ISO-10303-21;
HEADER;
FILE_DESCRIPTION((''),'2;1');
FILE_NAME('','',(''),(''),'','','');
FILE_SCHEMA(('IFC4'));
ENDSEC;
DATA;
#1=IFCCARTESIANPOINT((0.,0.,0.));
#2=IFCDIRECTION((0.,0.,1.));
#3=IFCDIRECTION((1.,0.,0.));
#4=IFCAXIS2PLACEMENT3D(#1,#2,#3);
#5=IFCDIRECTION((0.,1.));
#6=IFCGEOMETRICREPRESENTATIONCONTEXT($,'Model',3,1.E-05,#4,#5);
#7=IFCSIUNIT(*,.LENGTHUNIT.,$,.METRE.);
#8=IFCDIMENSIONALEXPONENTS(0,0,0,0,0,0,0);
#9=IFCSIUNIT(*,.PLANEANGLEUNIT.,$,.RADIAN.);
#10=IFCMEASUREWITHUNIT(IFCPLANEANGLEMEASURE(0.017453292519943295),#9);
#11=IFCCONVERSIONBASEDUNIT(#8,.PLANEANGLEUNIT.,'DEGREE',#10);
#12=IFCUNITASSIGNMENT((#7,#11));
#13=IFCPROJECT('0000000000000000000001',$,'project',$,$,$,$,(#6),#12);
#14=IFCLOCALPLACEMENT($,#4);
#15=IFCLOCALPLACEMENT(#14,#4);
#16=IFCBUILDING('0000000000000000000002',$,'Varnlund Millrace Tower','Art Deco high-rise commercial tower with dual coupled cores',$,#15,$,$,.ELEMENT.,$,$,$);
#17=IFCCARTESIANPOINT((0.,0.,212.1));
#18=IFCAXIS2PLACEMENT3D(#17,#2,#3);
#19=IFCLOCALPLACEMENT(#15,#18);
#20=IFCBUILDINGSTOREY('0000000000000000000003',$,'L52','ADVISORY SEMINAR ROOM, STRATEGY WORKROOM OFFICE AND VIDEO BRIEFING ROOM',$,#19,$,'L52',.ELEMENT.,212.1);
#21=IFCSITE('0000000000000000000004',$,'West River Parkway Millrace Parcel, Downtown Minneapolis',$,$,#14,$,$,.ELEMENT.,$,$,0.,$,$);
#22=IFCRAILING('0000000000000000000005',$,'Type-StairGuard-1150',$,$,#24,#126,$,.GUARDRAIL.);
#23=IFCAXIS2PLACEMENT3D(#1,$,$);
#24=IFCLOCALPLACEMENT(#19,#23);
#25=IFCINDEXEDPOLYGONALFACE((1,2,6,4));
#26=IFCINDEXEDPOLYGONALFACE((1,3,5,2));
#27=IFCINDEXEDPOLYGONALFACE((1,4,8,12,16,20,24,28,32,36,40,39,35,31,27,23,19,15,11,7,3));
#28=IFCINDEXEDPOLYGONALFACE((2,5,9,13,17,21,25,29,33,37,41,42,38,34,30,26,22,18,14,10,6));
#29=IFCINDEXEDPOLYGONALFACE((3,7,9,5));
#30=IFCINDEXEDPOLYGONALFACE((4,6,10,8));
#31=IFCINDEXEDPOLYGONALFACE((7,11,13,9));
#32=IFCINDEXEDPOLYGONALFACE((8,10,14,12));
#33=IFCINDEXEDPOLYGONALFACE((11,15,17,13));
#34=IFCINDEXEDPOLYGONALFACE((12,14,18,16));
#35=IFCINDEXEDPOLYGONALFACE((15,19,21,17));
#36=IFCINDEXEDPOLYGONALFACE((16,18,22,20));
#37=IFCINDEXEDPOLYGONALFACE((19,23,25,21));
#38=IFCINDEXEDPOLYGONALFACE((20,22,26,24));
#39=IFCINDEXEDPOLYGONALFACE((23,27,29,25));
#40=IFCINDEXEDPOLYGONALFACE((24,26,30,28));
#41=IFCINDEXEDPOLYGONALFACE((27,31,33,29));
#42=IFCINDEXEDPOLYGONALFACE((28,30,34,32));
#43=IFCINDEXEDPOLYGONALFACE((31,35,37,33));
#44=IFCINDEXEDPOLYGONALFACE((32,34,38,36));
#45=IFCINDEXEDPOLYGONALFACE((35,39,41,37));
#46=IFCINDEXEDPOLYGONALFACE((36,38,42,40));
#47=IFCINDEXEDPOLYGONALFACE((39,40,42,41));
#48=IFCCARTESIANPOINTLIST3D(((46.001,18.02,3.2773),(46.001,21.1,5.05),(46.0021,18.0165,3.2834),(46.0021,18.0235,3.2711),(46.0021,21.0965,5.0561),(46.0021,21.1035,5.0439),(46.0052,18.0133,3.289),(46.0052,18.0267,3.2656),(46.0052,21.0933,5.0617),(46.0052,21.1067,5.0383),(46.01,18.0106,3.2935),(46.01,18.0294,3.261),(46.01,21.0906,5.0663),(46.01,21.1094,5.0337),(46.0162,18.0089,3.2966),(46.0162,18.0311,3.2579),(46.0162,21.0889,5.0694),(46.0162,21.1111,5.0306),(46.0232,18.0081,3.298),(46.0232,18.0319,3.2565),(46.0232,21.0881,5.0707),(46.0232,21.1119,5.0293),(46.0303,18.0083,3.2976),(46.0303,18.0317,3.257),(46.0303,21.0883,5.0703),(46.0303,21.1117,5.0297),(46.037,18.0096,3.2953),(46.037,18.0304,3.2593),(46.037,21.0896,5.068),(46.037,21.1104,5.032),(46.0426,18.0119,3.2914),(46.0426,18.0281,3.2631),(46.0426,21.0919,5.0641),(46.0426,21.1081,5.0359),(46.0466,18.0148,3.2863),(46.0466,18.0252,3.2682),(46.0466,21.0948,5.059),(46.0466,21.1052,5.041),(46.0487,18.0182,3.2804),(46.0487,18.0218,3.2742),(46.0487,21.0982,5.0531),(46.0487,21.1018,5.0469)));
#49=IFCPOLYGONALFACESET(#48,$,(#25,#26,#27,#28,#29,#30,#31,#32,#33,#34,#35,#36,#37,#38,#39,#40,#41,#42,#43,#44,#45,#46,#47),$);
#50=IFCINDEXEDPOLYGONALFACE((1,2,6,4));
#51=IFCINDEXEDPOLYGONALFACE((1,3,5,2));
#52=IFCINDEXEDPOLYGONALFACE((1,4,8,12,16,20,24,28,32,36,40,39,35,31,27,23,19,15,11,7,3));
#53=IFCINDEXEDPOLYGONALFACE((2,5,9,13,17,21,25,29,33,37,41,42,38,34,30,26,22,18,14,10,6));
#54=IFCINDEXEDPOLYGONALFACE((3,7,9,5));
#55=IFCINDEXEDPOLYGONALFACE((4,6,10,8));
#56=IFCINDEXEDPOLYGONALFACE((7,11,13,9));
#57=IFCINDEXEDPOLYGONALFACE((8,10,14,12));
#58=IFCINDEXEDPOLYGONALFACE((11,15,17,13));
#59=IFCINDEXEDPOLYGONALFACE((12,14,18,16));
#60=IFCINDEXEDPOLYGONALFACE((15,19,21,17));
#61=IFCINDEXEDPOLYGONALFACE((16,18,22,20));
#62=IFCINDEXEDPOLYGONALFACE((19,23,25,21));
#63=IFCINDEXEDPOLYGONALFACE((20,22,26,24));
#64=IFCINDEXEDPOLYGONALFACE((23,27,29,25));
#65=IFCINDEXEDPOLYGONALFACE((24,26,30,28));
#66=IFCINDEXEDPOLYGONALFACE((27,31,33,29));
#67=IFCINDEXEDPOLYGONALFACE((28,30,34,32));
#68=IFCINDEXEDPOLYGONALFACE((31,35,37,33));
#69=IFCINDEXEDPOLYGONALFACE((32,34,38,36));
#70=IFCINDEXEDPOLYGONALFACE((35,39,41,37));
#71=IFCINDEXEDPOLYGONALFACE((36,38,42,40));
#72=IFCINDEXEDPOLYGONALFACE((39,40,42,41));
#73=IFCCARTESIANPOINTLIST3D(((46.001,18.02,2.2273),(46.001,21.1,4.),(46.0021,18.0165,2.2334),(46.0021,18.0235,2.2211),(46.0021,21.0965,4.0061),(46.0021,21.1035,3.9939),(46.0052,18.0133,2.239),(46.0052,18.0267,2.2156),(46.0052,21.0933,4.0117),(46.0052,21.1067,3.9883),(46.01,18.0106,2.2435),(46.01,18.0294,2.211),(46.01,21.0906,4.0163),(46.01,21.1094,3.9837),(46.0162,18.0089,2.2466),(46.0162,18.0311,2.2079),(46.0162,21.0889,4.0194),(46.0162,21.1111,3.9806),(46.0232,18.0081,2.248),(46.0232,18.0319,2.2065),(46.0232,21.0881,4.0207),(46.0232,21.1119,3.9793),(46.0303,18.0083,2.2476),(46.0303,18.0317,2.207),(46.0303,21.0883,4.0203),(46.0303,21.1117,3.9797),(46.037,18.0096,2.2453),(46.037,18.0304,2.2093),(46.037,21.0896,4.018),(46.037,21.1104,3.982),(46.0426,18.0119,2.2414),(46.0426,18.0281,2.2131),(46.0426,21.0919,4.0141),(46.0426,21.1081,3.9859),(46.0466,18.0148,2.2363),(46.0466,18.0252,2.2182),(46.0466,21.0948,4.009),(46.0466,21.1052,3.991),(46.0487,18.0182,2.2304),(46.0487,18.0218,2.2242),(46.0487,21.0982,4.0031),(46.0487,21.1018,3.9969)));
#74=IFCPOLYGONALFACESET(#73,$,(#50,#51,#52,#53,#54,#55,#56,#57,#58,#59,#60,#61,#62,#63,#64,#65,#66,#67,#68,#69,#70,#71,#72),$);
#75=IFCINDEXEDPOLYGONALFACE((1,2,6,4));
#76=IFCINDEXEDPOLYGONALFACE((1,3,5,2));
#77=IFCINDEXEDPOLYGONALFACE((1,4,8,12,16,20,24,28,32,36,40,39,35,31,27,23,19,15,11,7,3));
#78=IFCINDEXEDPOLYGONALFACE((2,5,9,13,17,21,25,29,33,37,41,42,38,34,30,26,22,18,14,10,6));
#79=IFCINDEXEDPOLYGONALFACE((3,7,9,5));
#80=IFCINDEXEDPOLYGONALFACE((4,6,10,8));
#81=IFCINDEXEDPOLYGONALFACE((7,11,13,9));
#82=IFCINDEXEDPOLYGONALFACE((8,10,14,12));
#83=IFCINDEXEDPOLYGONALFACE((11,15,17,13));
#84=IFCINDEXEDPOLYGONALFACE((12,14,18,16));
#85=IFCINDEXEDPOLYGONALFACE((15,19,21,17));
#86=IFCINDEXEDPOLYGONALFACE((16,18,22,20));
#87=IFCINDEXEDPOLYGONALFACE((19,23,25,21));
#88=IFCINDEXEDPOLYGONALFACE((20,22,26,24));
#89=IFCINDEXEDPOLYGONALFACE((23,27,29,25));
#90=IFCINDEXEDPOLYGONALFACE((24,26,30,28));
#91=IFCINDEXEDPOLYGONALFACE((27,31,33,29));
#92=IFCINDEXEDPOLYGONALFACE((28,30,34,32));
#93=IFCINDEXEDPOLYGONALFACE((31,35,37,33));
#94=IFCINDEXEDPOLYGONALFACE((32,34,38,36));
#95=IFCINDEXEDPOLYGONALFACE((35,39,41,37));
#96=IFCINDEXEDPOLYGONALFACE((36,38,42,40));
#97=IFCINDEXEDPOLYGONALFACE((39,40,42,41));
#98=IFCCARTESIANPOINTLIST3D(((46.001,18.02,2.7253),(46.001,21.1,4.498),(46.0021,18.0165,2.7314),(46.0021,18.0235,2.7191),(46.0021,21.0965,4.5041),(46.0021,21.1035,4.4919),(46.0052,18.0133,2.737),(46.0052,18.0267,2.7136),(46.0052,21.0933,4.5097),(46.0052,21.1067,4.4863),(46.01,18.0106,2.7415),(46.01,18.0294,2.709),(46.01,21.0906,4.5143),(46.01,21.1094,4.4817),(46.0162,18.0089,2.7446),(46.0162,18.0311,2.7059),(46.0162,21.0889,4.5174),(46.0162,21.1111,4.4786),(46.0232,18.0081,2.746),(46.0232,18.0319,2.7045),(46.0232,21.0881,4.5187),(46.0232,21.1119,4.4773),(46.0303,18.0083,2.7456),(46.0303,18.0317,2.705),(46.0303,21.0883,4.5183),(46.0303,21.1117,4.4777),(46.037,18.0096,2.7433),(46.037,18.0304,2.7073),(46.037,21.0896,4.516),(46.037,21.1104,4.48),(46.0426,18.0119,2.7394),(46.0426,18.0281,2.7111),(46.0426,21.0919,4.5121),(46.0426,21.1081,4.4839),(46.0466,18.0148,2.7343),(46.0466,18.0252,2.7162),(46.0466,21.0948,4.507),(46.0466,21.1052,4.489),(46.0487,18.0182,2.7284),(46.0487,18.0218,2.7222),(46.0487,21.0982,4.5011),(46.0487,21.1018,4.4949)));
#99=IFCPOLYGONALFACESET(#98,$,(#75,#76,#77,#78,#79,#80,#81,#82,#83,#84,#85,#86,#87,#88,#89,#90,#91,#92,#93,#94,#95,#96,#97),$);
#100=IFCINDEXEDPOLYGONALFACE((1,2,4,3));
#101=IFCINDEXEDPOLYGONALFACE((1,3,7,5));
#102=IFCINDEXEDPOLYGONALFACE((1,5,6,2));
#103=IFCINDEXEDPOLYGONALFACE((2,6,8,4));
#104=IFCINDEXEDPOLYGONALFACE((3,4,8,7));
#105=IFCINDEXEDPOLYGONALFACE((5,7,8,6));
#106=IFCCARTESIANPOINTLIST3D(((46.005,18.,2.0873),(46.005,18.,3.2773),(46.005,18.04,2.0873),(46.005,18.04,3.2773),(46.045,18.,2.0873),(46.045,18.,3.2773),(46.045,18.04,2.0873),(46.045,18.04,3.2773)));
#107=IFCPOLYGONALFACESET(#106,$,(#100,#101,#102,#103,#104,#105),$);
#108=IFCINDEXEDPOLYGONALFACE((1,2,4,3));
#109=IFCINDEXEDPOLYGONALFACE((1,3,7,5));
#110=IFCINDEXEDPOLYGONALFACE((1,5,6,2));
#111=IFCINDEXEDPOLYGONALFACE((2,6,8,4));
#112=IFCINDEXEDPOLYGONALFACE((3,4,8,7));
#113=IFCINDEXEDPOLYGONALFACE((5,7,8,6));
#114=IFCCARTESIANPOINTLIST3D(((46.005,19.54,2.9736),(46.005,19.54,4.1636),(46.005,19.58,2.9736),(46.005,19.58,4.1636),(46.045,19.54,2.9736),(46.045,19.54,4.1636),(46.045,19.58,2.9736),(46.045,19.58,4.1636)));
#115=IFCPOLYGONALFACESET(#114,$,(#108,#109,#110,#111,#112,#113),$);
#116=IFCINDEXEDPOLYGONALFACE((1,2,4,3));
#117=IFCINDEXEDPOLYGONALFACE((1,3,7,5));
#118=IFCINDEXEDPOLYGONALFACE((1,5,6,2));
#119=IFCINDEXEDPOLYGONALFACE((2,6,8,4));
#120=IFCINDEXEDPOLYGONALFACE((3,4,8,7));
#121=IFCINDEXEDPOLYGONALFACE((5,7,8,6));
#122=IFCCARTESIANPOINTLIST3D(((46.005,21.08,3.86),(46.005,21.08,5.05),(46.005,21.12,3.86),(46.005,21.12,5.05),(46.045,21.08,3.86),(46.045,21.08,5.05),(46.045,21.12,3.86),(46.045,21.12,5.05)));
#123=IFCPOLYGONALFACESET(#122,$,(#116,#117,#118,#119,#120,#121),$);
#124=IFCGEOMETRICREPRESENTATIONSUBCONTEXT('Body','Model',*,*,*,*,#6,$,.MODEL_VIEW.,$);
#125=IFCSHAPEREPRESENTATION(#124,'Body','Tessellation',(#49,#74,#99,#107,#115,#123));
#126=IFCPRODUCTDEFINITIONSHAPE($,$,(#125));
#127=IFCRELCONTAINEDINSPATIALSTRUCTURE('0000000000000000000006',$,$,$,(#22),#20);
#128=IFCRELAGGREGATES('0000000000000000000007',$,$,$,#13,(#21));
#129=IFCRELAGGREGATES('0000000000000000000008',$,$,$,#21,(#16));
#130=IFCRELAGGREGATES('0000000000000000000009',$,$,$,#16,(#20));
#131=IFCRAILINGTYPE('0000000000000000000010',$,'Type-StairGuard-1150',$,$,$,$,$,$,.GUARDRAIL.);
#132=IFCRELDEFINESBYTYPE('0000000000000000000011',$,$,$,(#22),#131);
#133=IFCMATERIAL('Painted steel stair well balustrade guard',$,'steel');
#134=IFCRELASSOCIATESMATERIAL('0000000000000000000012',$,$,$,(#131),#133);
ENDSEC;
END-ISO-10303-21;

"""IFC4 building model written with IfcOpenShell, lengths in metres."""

from ifc_helpers import new_model, entity, si_unit, converted_unit, direction, frame, origin_with_axes, origin_2d_with_axis, place, context, subcontext, project, spatial, rectangle, circle, extrude, material, type_object, element, save


model = new_model("IFC4")

# Units and contexts
model_context = context("Model", 3, precision=1e-05, world=origin_with_axes(), true_north=direction((0.0, 1.0)))
body_context = subcontext(model_context, "Body", "Model", "MODEL_VIEW")
ifc_project = project(units=[si_unit("LENGTHUNIT", "METRE"), converted_unit("PLANEANGLEUNIT", "DEGREE", entity("IfcPlaneAngleMeasure", 0.017453292519943295), si_unit("PLANEANGLEUNIT", "RADIAN"), dimensions=[0, 0, 0, 0, 0, 0, 0])], contexts=[model_context])

# Site, building, storey
site_placement = place(None, origin_with_axes())
site = spatial("IfcSite", under=ifc_project, at=site_placement, Name="West River Parkway Millrace Parcel, Downtown Minneapolis", CompositionType="ELEMENT", RefElevation=0.0)
building_placement = place(site_placement, origin_with_axes())
building = spatial("IfcBuilding", under=site, at=building_placement, Name="Varnlund Millrace Tower", Description="Art Deco high-rise commercial tower with dual coupled cores", CompositionType="ELEMENT")
storey_placement = place(building_placement, frame((0.0, 0.0, 212.1), z_axis=(0.0, 0.0, 1.0), x_axis=(1.0, 0.0, 0.0)))
storey = spatial("IfcBuildingStorey", under=building, at=storey_placement, Name="L52", Description="ADVISORY SEMINAR ROOM, STRATEGY WORKROOM OFFICE AND VIDEO BRIEFING ROOM", LongName="L52", CompositionType="ELEMENT", Elevation=212.1)

# Railing
ifc_material_1 = material(Name="Painted steel stair well balustrade guard", Category="steel")
railing_type_1 = type_object("IfcRailingType", Name="Type-StairGuard-1150", PredefinedType="GUARDRAIL", material=ifc_material_1)
railing_1_placement = place(storey_placement, frame((0.0, 0.0, -212.1), z_axis=(0.0, 0.0, 1.0), x_axis=(1.0, 0.0, 0.0)))
element("IfcRailing", 1, at=railing_1_placement, inside=storey, type_object=railing_type_1, Name="Type-StairGuard-1150", PredefinedType="GUARDRAIL", context=body_context, shape_type="SweptSolid", body=[
    extrude(circle(Radius=0.024, at=origin_2d_with_axis()), frame((46.025, 18.02, 215.3773), z_axis=(0.0, 0.866696, 0.498836), x_axis=(-1.0, 0.0, 0.0)), (0.0, 0.0, 1.0), 3.5537),
    extrude(circle(Radius=0.024, at=origin_2d_with_axis()), frame((46.025, 18.02, 214.3273), z_axis=(0.0, 0.866696, 0.498836), x_axis=(-1.0, 0.0, 0.0)), (0.0, 0.0, 1.0), 3.5537),
    extrude(circle(Radius=0.024, at=origin_2d_with_axis()), frame((46.025, 18.02, 214.8253), z_axis=(0.0, 0.866696, 0.498836), x_axis=(-1.0, 0.0, 0.0)), (0.0, 0.0, 1.0), 3.5537),
    extrude(rectangle(XDim=0.04, YDim=0.04, at=origin_2d_with_axis()), frame((46.025, 18.02, 214.1873), z_axis=(0.0, 0.0, 1.0), x_axis=(1.0, 0.0, 0.0)), (0.0, 0.0, 1.0), 1.19),
    extrude(rectangle(XDim=0.04, YDim=0.04, at=origin_2d_with_axis()), frame((46.025, 19.56, 215.0736), z_axis=(0.0, 0.0, 1.0), x_axis=(1.0, 0.0, 0.0)), (0.0, 0.0, 1.0), 1.19),
    extrude(rectangle(XDim=0.04, YDim=0.04, at=origin_2d_with_axis()), frame((46.025, 21.1, 215.96), z_axis=(0.0, 0.0, 1.0), x_axis=(1.0, 0.0, 0.0)), (0.0, 0.0, 1.0), 1.19),
])

save(model, "model.ifc")
